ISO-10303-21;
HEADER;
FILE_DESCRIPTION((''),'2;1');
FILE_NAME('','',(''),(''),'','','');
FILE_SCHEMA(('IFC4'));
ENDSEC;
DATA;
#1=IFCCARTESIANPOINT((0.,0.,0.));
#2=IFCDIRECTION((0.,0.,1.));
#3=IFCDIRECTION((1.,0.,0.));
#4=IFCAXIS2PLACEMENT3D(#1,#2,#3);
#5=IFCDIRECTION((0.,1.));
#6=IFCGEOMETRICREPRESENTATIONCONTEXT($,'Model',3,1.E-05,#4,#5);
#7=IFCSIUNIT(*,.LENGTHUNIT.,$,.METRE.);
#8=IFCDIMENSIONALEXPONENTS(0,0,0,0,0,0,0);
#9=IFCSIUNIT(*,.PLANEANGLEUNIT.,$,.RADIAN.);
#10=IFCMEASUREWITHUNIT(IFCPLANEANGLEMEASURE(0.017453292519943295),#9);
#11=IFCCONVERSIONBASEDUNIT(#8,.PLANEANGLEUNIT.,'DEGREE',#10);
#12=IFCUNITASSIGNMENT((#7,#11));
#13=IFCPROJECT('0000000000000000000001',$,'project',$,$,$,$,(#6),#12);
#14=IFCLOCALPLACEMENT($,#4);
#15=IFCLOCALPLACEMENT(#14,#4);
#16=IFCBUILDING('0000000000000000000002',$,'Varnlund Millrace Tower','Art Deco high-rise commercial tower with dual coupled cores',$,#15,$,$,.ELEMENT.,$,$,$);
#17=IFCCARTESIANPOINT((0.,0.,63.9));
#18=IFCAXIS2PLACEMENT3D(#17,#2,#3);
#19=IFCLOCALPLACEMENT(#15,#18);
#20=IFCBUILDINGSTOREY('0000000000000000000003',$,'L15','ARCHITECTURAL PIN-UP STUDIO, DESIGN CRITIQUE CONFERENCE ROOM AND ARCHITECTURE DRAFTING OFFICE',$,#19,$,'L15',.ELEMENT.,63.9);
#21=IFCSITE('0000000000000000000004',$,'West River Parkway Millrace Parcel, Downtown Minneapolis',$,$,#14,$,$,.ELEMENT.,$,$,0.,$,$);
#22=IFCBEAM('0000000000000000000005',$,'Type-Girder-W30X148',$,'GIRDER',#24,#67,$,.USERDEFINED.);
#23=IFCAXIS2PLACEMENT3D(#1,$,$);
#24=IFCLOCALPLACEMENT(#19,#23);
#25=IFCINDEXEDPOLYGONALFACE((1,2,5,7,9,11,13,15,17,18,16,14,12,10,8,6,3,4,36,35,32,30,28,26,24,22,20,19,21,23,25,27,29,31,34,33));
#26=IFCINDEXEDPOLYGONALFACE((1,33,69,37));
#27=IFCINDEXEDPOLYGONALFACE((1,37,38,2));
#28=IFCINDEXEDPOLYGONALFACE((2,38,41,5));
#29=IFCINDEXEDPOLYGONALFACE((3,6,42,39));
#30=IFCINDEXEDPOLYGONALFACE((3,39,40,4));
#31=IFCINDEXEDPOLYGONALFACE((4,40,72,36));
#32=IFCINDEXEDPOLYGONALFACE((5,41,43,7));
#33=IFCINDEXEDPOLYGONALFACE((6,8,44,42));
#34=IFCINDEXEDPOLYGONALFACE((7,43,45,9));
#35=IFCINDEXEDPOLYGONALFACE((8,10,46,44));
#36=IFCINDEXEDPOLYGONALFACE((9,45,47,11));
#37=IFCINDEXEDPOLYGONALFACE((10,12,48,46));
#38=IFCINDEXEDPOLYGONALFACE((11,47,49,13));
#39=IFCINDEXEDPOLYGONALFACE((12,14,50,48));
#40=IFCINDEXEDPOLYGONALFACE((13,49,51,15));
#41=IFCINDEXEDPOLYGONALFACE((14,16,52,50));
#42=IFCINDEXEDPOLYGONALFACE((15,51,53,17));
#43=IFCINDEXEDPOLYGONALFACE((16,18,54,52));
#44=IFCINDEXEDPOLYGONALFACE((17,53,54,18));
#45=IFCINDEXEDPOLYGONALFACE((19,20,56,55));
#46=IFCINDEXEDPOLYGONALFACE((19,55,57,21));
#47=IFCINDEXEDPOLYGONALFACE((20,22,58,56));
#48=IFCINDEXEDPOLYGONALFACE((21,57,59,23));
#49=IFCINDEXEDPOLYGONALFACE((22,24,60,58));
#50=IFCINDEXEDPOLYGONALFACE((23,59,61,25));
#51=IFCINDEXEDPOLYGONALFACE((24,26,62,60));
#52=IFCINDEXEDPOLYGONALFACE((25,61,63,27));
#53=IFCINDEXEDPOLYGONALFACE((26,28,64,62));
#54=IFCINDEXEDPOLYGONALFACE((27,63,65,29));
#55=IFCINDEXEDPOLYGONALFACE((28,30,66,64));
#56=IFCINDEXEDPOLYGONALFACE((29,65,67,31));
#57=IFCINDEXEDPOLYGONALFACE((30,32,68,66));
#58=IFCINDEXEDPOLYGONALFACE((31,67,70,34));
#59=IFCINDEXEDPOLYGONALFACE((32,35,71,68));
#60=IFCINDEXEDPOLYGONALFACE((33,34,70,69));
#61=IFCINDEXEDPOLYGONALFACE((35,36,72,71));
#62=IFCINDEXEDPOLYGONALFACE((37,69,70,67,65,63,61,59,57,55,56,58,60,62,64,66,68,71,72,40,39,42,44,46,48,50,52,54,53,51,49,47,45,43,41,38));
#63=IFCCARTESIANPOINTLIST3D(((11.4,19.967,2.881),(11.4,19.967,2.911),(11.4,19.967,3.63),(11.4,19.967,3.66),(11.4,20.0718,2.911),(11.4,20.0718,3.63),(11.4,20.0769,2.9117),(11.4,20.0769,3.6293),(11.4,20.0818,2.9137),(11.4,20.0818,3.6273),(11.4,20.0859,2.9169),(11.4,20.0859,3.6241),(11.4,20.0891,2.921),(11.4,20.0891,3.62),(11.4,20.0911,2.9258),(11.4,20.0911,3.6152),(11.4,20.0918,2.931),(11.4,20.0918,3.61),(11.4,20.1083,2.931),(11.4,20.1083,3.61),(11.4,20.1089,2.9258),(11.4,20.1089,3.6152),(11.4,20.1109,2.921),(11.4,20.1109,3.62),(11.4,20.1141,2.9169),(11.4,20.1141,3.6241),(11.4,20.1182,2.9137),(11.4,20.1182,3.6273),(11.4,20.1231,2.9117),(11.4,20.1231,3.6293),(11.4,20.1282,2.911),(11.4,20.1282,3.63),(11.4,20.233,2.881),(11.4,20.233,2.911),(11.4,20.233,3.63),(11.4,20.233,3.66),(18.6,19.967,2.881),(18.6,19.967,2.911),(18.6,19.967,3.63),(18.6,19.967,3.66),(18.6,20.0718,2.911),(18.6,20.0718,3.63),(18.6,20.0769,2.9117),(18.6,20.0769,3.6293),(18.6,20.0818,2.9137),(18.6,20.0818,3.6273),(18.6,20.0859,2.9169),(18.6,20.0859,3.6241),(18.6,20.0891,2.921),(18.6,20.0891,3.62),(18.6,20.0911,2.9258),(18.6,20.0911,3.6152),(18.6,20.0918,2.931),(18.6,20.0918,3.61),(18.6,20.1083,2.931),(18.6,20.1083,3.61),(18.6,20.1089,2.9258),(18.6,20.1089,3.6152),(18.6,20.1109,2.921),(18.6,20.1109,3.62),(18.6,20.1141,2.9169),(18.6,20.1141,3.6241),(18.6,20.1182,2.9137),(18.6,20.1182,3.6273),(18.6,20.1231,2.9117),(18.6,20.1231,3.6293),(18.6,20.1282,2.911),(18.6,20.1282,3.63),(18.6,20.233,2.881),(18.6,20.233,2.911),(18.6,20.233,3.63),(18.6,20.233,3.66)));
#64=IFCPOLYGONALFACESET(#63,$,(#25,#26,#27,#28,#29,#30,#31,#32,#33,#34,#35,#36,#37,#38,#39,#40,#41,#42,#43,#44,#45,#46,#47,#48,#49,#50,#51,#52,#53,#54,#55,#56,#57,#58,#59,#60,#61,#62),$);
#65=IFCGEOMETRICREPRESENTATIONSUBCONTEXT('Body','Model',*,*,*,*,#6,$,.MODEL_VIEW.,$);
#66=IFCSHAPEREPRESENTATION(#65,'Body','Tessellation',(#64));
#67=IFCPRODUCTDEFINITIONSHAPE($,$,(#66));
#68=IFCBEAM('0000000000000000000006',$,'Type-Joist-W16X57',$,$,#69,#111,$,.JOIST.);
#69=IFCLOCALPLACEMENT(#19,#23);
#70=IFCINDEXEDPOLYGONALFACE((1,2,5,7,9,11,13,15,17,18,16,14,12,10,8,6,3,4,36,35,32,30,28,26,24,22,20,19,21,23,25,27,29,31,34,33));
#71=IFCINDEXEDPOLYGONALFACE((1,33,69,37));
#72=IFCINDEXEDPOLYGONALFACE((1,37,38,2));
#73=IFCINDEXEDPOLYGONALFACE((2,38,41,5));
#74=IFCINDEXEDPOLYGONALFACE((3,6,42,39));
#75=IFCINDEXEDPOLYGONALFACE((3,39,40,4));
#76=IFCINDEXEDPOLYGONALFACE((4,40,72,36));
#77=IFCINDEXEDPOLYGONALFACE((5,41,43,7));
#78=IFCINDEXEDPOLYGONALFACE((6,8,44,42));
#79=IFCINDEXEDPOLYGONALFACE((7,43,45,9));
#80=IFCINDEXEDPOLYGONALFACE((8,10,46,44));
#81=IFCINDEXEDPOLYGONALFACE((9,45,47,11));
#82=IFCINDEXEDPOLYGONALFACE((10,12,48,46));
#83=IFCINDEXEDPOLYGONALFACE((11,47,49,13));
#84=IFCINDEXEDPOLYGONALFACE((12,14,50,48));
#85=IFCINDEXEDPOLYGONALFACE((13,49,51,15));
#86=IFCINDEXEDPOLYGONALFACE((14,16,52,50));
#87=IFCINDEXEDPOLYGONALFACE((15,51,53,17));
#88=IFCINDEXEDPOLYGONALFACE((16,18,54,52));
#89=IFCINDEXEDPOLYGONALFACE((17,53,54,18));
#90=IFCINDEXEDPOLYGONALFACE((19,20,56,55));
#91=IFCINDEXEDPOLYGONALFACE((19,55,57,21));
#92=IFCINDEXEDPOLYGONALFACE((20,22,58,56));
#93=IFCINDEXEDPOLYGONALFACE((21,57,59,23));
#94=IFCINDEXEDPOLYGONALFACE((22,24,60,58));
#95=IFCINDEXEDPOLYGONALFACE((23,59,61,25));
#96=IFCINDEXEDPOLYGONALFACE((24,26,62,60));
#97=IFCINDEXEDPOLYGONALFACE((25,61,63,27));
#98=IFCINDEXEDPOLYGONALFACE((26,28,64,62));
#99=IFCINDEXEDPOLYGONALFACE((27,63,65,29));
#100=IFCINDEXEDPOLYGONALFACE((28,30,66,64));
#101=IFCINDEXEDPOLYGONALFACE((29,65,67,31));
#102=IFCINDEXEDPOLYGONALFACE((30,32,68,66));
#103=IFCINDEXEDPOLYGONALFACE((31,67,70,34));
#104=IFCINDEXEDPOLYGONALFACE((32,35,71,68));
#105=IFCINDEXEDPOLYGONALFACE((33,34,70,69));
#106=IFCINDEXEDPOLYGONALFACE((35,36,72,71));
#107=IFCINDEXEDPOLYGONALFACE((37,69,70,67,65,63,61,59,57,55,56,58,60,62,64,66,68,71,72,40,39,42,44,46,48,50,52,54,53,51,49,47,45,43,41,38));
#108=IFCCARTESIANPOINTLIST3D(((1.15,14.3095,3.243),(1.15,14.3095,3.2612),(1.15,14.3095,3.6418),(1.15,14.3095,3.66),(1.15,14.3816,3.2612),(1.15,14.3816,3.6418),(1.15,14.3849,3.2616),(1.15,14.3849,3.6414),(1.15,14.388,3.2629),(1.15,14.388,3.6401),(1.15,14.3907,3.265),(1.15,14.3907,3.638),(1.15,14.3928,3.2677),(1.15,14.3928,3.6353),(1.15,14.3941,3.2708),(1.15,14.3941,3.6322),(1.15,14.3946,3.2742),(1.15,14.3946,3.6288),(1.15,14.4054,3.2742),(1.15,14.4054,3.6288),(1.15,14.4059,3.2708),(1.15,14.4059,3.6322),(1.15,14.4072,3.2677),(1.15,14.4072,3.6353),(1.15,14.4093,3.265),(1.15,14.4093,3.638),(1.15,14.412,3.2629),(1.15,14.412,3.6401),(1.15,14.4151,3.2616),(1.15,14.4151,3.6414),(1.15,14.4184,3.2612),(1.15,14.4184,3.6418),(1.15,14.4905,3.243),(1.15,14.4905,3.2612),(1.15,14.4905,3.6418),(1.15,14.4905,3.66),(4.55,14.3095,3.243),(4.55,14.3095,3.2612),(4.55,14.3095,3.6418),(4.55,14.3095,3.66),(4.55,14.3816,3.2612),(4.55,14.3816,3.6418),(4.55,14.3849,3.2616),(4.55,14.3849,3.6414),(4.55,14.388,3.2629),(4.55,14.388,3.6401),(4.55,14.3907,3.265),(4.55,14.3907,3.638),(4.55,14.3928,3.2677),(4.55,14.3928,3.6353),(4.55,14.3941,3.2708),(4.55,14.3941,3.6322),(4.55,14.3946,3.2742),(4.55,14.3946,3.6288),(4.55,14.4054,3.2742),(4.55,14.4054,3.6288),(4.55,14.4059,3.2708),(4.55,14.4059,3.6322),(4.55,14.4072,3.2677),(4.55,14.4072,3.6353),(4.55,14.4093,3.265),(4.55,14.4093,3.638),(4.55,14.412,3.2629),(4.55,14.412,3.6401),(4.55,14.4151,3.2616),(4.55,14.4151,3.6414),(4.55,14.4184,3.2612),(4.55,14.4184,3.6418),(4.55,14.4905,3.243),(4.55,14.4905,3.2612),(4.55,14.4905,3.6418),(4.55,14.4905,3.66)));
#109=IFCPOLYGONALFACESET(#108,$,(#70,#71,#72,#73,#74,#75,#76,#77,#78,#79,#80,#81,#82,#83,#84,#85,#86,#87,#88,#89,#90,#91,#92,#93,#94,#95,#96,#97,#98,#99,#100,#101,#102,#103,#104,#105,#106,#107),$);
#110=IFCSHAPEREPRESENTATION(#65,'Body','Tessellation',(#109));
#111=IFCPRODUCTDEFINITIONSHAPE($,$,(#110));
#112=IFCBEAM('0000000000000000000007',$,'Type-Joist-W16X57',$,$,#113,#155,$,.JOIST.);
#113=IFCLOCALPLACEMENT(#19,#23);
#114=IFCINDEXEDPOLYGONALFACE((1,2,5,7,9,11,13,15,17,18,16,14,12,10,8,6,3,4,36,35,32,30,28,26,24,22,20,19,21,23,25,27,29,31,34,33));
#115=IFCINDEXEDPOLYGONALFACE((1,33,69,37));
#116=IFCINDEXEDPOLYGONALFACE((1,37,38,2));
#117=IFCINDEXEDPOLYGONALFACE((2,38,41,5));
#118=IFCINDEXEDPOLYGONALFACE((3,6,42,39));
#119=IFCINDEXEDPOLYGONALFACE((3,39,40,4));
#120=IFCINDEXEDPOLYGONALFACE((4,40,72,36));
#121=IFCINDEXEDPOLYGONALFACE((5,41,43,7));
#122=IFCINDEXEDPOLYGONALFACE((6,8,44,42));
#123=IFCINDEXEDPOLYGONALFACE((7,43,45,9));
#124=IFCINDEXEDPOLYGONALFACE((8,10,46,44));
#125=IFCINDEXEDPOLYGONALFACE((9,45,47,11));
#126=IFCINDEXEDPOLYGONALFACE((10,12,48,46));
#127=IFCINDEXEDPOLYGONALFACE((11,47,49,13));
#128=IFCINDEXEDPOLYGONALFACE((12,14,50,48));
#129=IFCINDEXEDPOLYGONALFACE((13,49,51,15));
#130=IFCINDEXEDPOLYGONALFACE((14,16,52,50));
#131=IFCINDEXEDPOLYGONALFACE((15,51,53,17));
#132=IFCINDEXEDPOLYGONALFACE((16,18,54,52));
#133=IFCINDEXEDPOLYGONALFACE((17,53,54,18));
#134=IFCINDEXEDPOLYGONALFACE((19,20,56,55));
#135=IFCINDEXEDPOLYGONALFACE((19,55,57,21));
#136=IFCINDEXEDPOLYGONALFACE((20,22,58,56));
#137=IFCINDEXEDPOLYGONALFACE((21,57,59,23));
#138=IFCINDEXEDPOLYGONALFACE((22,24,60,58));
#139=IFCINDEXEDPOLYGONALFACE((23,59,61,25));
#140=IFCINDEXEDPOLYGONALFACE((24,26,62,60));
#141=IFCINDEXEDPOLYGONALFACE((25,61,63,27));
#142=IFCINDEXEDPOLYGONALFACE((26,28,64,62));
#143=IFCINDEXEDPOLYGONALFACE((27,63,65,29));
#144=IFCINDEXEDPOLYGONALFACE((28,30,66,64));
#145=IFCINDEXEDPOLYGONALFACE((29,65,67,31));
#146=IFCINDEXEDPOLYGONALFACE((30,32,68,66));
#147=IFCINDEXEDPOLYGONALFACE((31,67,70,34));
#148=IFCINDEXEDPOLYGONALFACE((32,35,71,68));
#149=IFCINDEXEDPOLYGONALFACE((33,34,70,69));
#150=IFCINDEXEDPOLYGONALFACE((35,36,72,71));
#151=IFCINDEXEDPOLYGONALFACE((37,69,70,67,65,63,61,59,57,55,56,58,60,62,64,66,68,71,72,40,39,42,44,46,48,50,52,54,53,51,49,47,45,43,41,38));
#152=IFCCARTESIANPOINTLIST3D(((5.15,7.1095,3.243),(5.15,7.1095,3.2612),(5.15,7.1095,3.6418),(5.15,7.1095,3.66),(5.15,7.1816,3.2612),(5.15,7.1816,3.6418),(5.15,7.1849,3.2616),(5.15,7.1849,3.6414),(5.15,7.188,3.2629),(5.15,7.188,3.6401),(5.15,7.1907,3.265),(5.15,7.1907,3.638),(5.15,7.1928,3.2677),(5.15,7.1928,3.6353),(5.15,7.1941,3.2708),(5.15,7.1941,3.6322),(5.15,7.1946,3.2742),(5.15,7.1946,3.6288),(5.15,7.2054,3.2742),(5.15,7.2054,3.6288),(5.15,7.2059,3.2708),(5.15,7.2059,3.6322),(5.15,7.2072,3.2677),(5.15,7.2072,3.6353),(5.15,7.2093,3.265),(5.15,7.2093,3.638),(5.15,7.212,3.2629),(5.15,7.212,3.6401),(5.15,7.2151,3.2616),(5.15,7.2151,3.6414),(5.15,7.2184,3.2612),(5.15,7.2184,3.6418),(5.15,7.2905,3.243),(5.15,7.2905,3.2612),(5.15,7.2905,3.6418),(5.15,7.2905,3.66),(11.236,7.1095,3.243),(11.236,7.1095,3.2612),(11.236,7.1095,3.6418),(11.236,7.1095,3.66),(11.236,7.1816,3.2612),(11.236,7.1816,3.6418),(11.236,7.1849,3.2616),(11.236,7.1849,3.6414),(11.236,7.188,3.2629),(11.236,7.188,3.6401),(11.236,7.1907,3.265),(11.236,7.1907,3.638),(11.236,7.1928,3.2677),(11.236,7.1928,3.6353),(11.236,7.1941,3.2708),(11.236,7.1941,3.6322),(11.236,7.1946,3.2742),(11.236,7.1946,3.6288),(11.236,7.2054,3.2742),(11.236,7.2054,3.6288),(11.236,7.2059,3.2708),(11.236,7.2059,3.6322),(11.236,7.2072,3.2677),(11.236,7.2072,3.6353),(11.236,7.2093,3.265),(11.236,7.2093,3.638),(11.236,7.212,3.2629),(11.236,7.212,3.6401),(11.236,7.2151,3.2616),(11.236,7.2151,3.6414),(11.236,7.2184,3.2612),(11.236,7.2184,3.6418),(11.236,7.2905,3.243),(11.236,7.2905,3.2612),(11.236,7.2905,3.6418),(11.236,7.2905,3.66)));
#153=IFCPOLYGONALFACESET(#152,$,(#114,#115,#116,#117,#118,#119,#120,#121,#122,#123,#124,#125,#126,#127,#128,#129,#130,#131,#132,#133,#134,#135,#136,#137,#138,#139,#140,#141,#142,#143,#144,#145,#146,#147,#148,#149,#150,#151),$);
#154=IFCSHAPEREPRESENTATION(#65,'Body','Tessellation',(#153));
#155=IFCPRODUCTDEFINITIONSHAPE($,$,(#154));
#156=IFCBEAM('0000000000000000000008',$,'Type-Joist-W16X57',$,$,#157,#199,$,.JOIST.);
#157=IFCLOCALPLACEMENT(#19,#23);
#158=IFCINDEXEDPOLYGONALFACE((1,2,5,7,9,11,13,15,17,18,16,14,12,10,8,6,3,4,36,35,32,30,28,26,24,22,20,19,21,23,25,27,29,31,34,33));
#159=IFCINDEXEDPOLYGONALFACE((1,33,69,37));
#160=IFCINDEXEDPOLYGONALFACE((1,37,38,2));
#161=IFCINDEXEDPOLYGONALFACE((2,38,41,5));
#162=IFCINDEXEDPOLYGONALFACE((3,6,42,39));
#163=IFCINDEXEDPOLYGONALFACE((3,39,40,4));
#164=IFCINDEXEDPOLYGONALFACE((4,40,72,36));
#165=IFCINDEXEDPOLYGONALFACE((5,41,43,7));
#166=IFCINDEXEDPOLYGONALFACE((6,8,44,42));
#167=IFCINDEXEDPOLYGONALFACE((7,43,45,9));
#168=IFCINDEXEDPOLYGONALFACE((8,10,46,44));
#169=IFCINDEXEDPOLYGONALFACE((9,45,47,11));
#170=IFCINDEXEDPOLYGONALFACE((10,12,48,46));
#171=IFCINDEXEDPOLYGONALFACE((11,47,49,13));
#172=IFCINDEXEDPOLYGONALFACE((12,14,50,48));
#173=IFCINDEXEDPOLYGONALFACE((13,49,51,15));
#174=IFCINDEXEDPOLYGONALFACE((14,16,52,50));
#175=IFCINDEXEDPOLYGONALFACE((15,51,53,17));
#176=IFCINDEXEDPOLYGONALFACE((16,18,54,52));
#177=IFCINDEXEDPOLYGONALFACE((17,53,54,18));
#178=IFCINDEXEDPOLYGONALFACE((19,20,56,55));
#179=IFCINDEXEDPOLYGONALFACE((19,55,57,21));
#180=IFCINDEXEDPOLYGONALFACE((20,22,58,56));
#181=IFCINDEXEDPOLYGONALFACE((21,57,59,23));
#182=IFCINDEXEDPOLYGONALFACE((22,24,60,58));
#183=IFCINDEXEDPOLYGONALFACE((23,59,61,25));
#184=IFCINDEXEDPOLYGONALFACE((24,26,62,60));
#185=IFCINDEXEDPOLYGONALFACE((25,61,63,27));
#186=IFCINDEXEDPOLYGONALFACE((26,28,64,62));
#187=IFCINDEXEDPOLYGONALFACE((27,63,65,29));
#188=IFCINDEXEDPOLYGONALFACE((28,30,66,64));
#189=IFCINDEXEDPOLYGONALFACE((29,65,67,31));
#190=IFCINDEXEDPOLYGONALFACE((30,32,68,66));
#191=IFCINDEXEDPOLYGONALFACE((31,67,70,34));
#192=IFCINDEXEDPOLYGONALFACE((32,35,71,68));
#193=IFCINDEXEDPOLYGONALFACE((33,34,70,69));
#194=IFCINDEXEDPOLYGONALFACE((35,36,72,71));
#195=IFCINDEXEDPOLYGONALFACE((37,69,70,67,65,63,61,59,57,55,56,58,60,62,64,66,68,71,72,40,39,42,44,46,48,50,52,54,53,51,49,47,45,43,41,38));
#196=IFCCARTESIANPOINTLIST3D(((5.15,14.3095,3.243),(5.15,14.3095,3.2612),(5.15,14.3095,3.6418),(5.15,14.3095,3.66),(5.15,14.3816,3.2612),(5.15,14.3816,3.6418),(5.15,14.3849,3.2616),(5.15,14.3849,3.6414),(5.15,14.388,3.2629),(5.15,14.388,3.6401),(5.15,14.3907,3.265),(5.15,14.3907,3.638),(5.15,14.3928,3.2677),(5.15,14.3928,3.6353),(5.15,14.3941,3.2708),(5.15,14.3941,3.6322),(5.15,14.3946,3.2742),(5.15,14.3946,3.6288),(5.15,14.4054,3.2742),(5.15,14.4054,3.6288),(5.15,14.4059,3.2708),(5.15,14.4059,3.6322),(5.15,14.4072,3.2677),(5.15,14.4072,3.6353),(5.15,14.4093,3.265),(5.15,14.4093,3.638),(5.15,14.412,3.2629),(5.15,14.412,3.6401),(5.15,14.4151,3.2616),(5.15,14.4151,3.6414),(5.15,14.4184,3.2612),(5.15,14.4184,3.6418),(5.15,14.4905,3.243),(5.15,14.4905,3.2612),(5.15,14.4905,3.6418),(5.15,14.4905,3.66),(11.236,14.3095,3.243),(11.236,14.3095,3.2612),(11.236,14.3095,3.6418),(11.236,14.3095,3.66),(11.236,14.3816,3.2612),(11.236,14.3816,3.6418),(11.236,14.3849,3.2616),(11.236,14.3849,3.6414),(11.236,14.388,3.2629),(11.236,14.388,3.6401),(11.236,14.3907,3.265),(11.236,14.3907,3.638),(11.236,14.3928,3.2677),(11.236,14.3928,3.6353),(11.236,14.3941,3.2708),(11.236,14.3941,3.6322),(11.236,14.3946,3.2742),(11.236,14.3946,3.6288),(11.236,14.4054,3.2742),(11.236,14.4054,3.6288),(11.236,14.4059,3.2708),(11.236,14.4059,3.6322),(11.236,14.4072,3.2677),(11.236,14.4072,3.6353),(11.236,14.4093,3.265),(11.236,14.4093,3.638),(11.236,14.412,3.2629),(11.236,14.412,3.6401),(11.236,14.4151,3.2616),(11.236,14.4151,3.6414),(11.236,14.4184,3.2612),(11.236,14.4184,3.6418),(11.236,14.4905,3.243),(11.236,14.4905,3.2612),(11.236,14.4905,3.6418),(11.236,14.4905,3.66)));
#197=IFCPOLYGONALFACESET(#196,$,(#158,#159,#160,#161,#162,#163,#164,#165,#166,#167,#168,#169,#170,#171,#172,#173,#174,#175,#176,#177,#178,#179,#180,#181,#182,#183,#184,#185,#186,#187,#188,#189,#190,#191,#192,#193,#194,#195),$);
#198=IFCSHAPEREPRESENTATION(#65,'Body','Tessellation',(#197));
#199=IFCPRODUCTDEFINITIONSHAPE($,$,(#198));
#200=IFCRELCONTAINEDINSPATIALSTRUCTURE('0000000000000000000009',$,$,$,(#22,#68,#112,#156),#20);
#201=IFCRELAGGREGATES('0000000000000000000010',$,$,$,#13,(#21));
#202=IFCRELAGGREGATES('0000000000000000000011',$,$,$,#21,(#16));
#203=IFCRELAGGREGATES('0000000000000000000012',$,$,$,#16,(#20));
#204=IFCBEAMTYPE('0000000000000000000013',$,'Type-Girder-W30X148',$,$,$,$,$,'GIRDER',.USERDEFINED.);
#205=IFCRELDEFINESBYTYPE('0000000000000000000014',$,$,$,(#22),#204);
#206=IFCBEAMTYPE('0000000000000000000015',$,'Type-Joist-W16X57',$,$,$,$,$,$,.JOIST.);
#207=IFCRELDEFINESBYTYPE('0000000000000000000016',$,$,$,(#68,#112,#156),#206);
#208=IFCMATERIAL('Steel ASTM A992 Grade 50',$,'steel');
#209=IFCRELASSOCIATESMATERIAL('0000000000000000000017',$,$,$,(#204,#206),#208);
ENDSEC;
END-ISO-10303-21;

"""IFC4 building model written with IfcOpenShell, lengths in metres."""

from ifc_helpers import new_model, entity, si_unit, converted_unit, direction, frame, origin_with_axes, origin_2d_with_axis, place, context, subcontext, project, spatial, i_section, extrude, material, material_profile, profile_set, type_object, element, save


model = new_model("IFC4")

# Units and contexts
model_context = context("Model", 3, precision=1e-05, world=origin_with_axes(), true_north=direction((0.0, 1.0)))
body_context = subcontext(model_context, "Body", "Model", "MODEL_VIEW")
ifc_project = project(units=[si_unit("LENGTHUNIT", "METRE"), converted_unit("PLANEANGLEUNIT", "DEGREE", entity("IfcPlaneAngleMeasure", 0.017453292519943295), si_unit("PLANEANGLEUNIT", "RADIAN"), dimensions=[0, 0, 0, 0, 0, 0, 0])], contexts=[model_context])

# Site, building, storey
site_placement = place(None, origin_with_axes())
site = spatial("IfcSite", under=ifc_project, at=site_placement, Name="West River Parkway Millrace Parcel, Downtown Minneapolis", CompositionType="ELEMENT", RefElevation=0.0)
building_placement = place(site_placement, origin_with_axes())
building = spatial("IfcBuilding", under=site, at=building_placement, Name="Varnlund Millrace Tower", Description="Art Deco high-rise commercial tower with dual coupled cores", CompositionType="ELEMENT")
storey_placement = place(building_placement, frame((0.0, 0.0, 63.9), z_axis=(0.0, 0.0, 1.0), x_axis=(1.0, 0.0, 0.0)))
storey = spatial("IfcBuildingStorey", under=building, at=storey_placement, Name="L15", Description="ARCHITECTURAL PIN-UP STUDIO, DESIGN CRITIQUE CONFERENCE ROOM AND ARCHITECTURE DRAFTING OFFICE", LongName="L15", CompositionType="ELEMENT", Elevation=63.9)

# Beams
ifc_material_1 = material(Name="Steel ASTM A992 Grade 50", Category="steel")
ifc_material_profile_1 = material_profile(ifc_material_1, i_section(OverallWidth=0.266, OverallDepth=0.779, WebThickness=0.0165, FlangeThickness=0.03, FilletRadius=0.02, at=origin_2d_with_axis()), Name="Steel ASTM A992 Grade 50")
ifc_profile_set_1 = profile_set([ifc_material_profile_1], Name="Steel ASTM A992 Grade 50")
beam_type_1 = type_object("IfcBeamType", Name="Type-Girder-W30X148", ElementType="GIRDER", PredefinedType="USERDEFINED", material=ifc_profile_set_1)
beam_1_placement = place(storey_placement, frame((11.4, 20.1, 3.2705), z_axis=(1.0, 0.0, 0.0), x_axis=(0.0, 1.0, 0.0)))
element("IfcBeam", 1, at=beam_1_placement, inside=storey, type_object=beam_type_1, Name="Type-Girder-W30X148", ObjectType="GIRDER", PredefinedType="USERDEFINED", context=body_context, shape_type="SweptSolid", body=[
    extrude(i_section(OverallWidth=0.266, OverallDepth=0.779, WebThickness=0.0165, FlangeThickness=0.03, FilletRadius=0.02, at=origin_2d_with_axis()), origin_with_axes(), (0.0, 0.0, 1.0), 7.2),
])
ifc_material_profile_2 = material_profile(ifc_material_1, i_section(OverallWidth=0.181, OverallDepth=0.417, WebThickness=0.0109, FlangeThickness=0.0182, FilletRadius=0.013, at=origin_2d_with_axis()), Name="Steel ASTM A992 Grade 50")
ifc_profile_set_2 = profile_set([ifc_material_profile_2], Name="Steel ASTM A992 Grade 50")
beam_type_2 = type_object("IfcBeamType", Name="Type-Joist-W16X57", PredefinedType="JOIST", material=ifc_profile_set_2)
beam_2_placement = place(storey_placement, frame((1.15, 14.4, 3.4515), z_axis=(1.0, 0.0, 0.0), x_axis=(0.0, 1.0, 0.0)))
element("IfcBeam", 2, at=beam_2_placement, inside=storey, type_object=beam_type_2, Name="Type-Joist-W16X57", PredefinedType="JOIST", context=body_context, shape_type="SweptSolid", body=[
    extrude(i_section(OverallWidth=0.181, OverallDepth=0.417, WebThickness=0.0109, FlangeThickness=0.0182, FilletRadius=0.013, at=origin_2d_with_axis()), origin_with_axes(), (0.0, 0.0, 1.0), 3.4),
])
for number, where, z_axis, x_axis, name in (
    (3, (5.15, 7.2, 3.4515), (1.0, 0.0, 0.0), (0.0, 1.0, 0.0), "Type-Joist-W16X57"),
    (4, (5.15, 14.4, 3.4515), (1.0, 0.0, 0.0), (0.0, 1.0, 0.0), "Type-Joist-W16X57"),
):
    element("IfcBeam", number, at=place(storey_placement, frame(where, z_axis=z_axis, x_axis=x_axis)), inside=storey, type_object=beam_type_2, Name=name, PredefinedType="JOIST", context=body_context, shape_type="SweptSolid", body=[
        extrude(i_section(OverallWidth=0.181, OverallDepth=0.417, WebThickness=0.0109, FlangeThickness=0.0182, FilletRadius=0.013, at=origin_2d_with_axis()), origin_with_axes(), (0.0, 0.0, 1.0), 6.086),
    ])

save(model, "model.ifc")
